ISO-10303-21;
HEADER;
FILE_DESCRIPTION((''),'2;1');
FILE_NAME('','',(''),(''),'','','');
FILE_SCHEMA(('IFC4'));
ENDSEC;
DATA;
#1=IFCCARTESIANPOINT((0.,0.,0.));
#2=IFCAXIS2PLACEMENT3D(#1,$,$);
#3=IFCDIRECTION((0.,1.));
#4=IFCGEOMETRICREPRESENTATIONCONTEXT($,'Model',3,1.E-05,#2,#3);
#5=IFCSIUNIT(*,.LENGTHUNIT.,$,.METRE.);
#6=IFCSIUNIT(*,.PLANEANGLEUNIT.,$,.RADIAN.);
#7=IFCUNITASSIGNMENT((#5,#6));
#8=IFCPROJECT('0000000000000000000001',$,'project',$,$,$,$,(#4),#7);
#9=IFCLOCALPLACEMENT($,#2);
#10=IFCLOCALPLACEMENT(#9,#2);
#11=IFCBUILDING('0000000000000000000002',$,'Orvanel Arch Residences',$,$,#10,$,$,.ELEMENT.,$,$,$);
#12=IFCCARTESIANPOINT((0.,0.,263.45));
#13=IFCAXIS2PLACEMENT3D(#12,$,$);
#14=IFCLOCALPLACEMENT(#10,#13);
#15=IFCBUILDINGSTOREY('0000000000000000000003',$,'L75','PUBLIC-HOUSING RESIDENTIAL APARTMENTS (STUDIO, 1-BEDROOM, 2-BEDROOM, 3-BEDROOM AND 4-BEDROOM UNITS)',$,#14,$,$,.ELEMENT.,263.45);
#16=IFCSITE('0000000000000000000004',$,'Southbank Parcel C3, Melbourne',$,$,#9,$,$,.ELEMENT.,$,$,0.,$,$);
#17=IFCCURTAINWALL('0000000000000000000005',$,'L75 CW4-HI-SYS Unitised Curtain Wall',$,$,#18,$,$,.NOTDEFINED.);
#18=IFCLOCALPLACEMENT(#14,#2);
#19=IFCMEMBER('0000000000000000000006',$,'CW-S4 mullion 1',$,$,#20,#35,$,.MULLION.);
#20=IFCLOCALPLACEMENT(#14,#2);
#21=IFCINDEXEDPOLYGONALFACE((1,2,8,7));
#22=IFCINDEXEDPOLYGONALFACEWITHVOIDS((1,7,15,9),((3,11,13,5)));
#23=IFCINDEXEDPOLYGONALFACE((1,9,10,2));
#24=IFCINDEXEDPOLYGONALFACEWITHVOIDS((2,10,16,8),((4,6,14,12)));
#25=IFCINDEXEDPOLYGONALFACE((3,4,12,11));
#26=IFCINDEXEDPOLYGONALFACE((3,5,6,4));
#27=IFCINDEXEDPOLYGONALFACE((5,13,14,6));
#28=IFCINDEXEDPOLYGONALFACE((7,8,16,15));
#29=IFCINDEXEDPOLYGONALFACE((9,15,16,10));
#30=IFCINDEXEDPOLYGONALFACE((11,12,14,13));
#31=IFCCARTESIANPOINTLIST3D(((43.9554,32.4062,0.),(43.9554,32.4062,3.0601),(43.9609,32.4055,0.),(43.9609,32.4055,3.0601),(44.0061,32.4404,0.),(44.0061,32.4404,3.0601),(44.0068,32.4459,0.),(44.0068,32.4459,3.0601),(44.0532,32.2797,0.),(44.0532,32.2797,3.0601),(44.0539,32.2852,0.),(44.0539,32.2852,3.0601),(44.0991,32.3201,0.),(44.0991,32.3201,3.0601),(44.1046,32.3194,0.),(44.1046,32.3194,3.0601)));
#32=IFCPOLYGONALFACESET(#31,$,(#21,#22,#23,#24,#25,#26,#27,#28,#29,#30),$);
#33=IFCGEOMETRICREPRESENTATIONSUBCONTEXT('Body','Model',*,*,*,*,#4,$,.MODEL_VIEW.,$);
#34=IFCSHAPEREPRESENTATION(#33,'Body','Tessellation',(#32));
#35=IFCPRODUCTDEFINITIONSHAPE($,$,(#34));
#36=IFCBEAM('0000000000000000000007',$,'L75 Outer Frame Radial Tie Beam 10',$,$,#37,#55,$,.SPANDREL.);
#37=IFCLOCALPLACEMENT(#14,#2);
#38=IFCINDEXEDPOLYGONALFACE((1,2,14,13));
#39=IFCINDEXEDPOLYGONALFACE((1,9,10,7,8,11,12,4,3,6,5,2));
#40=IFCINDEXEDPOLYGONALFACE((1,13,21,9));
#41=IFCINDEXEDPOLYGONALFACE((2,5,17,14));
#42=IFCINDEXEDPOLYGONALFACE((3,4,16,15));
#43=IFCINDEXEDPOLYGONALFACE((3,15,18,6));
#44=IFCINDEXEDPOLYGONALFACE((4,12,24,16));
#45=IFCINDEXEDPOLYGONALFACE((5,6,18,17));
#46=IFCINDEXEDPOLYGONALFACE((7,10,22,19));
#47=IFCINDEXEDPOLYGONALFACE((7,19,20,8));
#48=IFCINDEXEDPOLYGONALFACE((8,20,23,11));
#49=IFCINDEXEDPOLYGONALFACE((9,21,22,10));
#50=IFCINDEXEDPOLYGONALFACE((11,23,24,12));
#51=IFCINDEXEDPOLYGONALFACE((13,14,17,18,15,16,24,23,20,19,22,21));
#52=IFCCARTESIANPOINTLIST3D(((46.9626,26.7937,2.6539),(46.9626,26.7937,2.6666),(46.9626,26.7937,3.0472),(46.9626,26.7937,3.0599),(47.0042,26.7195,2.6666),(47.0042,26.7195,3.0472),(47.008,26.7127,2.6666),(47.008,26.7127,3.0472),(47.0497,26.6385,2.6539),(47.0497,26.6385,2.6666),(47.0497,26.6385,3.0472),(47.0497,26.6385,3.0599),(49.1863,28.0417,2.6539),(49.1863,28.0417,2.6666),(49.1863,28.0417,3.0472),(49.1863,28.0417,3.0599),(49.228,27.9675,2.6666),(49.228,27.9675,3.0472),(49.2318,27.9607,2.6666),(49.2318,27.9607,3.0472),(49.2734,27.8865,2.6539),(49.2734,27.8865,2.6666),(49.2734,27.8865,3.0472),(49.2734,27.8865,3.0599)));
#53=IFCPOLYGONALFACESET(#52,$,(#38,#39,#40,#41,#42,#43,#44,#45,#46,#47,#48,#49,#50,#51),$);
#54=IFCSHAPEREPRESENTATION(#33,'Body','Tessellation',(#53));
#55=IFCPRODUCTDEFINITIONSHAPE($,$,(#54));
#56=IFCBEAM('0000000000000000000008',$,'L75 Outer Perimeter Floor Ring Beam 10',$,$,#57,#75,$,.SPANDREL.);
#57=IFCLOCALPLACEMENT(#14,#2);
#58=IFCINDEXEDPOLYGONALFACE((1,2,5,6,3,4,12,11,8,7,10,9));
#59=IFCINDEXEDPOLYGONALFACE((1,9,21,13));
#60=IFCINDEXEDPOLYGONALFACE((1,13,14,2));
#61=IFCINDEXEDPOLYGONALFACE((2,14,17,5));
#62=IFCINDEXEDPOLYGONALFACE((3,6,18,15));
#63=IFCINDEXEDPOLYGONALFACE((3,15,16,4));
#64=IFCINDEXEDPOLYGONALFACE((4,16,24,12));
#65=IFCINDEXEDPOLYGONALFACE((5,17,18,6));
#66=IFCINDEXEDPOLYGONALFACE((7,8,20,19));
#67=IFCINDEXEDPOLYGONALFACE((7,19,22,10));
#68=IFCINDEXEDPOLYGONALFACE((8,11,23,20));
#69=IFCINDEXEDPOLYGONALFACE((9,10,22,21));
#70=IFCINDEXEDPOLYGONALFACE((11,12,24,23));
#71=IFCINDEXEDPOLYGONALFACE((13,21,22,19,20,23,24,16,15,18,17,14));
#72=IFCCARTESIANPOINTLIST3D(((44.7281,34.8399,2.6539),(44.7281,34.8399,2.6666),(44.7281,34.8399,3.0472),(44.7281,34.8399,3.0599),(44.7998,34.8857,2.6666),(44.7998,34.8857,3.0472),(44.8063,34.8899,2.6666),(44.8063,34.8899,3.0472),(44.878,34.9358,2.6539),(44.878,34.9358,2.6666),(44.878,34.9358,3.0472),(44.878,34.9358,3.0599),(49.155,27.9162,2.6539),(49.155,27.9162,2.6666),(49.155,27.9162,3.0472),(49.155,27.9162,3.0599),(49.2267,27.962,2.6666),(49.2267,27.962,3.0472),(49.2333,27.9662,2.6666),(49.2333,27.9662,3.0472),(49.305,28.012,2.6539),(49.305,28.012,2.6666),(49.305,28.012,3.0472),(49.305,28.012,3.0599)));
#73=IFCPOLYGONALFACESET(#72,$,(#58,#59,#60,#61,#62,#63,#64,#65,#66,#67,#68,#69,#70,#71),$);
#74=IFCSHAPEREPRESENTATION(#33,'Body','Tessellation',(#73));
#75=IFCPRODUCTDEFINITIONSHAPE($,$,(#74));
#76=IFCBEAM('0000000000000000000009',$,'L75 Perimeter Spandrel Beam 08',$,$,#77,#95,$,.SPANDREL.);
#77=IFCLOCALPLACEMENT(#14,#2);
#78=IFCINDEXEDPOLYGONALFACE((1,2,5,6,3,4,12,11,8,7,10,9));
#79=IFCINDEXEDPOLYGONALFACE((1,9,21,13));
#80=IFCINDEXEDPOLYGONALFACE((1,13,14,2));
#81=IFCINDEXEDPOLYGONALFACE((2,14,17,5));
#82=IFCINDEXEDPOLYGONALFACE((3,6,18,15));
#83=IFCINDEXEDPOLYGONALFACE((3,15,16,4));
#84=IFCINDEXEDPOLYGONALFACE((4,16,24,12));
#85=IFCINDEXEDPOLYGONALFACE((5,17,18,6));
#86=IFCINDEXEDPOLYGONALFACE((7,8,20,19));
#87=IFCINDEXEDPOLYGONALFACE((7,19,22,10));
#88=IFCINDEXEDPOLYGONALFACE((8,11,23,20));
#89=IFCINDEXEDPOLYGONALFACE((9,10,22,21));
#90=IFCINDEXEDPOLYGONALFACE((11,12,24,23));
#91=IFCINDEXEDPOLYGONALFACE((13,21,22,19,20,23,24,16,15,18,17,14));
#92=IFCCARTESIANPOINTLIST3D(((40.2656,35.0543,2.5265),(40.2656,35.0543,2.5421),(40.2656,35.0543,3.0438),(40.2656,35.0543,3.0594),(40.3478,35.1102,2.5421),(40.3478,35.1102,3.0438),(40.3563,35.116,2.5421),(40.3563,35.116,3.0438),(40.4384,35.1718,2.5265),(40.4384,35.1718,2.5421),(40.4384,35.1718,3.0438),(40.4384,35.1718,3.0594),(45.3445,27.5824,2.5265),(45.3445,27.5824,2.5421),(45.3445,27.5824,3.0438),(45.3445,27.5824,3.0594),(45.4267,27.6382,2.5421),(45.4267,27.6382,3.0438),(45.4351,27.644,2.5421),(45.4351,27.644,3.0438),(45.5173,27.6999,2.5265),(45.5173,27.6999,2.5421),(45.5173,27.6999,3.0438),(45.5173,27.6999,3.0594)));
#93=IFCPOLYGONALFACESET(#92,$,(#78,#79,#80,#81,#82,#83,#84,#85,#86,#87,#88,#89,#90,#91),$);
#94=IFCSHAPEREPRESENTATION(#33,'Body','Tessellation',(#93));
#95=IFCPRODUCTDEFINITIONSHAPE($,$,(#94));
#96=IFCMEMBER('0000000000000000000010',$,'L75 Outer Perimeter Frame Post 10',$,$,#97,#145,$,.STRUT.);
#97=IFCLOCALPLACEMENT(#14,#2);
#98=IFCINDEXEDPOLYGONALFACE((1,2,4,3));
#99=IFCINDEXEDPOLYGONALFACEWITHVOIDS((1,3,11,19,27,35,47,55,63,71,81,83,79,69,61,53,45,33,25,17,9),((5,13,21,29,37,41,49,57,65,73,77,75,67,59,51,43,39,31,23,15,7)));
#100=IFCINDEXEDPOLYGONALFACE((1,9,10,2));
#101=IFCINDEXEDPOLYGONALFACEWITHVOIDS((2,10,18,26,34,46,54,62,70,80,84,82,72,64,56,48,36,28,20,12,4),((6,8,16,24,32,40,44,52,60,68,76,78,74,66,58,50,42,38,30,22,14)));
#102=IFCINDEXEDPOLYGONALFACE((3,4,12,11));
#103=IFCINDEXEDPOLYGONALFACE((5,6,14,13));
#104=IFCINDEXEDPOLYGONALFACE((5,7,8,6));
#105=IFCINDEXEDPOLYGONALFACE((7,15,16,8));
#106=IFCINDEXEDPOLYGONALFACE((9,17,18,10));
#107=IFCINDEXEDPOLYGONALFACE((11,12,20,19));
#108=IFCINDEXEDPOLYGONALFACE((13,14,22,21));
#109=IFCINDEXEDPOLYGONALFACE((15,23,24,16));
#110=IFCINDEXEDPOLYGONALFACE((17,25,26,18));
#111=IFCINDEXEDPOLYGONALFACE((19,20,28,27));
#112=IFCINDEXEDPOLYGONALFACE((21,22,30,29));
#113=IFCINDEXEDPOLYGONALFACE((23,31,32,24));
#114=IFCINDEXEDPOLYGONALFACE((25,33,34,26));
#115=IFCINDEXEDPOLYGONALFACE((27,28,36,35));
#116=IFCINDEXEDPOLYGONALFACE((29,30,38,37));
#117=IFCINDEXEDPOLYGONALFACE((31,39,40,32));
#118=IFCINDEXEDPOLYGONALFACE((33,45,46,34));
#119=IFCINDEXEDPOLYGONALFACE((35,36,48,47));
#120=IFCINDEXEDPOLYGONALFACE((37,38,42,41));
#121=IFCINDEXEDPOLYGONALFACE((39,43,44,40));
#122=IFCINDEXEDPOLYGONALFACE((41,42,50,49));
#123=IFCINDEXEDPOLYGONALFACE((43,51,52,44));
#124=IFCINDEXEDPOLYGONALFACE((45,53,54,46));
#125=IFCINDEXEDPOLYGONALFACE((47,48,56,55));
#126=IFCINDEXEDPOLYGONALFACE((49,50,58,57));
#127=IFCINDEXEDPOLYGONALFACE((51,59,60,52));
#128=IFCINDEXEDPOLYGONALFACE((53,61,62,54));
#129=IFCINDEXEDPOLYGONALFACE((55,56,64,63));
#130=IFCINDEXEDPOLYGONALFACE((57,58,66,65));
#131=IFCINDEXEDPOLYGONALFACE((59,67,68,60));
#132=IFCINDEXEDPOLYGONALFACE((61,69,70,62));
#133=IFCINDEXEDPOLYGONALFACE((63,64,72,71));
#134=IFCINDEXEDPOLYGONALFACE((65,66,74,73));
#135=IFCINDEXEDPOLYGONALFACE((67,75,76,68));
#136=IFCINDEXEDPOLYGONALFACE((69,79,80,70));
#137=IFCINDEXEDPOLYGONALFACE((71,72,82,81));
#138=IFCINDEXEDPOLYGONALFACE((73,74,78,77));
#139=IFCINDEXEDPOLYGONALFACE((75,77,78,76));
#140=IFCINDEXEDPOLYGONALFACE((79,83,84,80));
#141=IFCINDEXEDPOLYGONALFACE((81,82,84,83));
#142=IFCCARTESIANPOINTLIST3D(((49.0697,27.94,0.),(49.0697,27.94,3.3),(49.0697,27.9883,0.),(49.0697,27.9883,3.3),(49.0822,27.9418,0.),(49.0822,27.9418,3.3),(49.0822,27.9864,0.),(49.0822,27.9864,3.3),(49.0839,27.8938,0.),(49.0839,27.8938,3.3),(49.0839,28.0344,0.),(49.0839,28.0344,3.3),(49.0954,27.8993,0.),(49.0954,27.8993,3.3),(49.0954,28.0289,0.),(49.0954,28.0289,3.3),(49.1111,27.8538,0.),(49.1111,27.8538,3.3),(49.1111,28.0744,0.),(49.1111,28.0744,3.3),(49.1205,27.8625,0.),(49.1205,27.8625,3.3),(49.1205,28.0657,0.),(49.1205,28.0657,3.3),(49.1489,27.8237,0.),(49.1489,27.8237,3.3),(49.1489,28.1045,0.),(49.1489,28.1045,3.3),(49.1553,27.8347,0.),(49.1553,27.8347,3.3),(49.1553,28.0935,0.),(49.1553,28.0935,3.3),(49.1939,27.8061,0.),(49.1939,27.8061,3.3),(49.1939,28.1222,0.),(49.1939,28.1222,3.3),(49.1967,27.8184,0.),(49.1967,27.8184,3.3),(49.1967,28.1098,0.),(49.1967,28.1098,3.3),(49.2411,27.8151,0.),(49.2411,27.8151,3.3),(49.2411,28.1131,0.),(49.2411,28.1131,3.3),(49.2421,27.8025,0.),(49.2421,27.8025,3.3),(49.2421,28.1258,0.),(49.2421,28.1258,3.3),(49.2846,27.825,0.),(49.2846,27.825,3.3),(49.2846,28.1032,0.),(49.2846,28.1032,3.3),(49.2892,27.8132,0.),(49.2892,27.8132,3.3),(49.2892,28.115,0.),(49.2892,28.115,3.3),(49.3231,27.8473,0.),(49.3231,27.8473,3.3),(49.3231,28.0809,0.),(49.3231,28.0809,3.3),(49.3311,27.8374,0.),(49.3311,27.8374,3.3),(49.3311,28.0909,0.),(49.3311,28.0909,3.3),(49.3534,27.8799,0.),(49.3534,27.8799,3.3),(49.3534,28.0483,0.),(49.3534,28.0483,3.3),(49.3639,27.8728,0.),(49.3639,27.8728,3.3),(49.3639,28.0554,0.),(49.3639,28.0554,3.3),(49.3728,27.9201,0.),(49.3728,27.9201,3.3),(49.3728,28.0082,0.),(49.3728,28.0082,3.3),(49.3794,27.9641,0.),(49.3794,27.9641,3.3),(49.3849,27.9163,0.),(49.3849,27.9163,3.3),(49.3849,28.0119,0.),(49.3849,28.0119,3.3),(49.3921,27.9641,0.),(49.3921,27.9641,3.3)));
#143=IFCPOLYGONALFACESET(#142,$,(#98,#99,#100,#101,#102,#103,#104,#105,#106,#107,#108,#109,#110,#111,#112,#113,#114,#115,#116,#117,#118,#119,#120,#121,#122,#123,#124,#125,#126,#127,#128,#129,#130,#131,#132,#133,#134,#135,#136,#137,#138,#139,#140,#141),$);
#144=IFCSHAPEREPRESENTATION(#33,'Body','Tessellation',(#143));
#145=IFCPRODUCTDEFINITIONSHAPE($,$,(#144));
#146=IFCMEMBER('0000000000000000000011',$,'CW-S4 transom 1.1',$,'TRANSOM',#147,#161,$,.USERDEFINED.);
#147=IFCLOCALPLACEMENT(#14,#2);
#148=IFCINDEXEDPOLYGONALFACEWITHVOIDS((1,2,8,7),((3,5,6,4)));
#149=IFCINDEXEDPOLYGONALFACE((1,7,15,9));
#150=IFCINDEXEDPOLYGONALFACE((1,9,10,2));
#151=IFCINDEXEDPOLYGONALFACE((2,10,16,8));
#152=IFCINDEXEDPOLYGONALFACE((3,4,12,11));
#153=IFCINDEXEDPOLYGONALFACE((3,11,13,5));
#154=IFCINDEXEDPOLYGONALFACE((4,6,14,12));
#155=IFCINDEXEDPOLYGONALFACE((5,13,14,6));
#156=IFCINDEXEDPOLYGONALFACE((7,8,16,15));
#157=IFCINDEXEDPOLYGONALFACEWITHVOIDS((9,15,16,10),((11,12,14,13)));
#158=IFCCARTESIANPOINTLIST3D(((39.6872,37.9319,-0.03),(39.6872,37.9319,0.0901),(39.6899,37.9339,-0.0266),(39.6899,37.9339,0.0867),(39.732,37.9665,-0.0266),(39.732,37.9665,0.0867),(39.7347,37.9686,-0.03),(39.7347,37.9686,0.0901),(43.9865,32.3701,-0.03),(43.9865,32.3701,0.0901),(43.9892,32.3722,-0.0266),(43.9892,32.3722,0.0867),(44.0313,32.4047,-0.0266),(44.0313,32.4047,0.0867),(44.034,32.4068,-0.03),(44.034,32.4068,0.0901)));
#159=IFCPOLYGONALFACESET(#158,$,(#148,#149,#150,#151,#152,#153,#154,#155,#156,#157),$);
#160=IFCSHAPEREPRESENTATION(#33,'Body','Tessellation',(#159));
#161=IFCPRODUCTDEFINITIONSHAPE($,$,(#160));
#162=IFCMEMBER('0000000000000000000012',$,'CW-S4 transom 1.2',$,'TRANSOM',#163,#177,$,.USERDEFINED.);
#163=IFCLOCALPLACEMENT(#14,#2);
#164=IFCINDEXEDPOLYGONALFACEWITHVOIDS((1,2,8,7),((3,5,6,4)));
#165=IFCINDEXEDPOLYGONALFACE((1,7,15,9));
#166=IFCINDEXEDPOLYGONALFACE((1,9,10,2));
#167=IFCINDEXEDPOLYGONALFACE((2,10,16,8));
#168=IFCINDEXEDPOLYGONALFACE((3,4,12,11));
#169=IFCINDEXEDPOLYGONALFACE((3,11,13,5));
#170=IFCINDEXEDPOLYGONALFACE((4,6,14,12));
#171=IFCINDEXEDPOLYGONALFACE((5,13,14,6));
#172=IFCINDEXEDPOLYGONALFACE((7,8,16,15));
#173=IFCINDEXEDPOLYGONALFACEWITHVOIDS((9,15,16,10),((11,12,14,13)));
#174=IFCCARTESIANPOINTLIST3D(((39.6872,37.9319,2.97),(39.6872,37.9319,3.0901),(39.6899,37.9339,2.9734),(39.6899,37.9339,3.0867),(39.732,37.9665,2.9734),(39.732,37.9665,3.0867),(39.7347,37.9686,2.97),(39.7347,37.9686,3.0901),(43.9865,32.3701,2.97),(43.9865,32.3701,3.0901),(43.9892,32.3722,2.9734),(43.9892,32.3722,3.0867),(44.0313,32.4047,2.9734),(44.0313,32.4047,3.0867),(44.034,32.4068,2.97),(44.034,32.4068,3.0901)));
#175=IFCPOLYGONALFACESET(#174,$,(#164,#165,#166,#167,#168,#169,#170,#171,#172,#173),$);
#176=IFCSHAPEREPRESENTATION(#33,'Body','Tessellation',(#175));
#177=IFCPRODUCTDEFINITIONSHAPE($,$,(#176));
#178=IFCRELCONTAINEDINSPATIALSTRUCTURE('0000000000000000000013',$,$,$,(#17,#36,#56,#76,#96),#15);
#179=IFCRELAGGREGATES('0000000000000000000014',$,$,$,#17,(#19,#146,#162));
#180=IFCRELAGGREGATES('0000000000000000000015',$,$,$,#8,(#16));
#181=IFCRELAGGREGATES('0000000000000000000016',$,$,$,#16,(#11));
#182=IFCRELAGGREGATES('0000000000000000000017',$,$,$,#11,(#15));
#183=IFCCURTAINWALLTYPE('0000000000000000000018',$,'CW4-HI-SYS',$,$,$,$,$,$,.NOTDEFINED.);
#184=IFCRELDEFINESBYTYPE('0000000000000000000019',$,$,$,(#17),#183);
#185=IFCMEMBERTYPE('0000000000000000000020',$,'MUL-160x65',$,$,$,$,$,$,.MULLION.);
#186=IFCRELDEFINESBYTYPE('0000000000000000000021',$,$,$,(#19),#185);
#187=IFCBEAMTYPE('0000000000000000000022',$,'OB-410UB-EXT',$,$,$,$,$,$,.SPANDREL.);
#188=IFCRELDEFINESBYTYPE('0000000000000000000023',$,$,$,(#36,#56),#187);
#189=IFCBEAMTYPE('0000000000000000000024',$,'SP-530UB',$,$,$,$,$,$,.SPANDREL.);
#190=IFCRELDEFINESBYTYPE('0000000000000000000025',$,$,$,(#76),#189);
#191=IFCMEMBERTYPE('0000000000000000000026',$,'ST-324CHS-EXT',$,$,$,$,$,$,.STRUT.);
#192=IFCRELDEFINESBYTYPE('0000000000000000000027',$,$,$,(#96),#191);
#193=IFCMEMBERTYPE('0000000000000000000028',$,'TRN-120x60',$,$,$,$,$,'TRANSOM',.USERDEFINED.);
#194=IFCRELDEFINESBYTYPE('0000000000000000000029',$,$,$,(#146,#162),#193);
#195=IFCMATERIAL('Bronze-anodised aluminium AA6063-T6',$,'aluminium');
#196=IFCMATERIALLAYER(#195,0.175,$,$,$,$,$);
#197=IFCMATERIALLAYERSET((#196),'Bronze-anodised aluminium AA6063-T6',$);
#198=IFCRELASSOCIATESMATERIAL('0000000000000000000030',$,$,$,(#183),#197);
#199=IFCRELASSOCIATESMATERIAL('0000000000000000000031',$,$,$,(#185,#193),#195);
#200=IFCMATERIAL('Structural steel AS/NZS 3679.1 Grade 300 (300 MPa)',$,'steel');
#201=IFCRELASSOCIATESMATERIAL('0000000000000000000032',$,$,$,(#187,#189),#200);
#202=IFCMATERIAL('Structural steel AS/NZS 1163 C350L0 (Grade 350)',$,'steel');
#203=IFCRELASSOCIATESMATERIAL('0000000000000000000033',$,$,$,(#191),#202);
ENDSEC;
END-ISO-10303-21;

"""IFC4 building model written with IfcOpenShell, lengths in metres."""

from ifc_helpers import new_model, si_unit, direction, frame, origin, origin_2d, place, context, subcontext, project, spatial, hollow_rectangle, hollow_circle, i_section, extrude, material, layer, layer_set, material_profile, profile_set, type_object, element, aggregate, save


model = new_model("IFC4")

# Units and contexts
model_context = context("Model", 3, precision=1e-05, world=origin(), true_north=direction((0.0, 1.0)))
body_context = subcontext(model_context, "Body", "Model", "MODEL_VIEW")
ifc_project = project(units=[si_unit("LENGTHUNIT", "METRE"), si_unit("PLANEANGLEUNIT", "RADIAN")], contexts=[model_context])

# Site, building, storey
site_placement = place(None, origin())
site = spatial("IfcSite", under=ifc_project, at=site_placement, Name="Southbank Parcel C3, Melbourne", CompositionType="ELEMENT", RefElevation=0.0)
building_placement = place(site_placement, origin())
building = spatial("IfcBuilding", under=site, at=building_placement, Name="Orvanel Arch Residences", CompositionType="ELEMENT")
storey_placement = place(building_placement, frame((0.0, 0.0, 263.45)))
storey = spatial("IfcBuildingStorey", under=building, at=storey_placement, Name="L75", Description="PUBLIC-HOUSING RESIDENTIAL APARTMENTS (STUDIO, 1-BEDROOM, 2-BEDROOM, 3-BEDROOM AND 4-BEDROOM UNITS)", CompositionType="ELEMENT", Elevation=263.45)

# Shared definitions
ifc_material_1 = material(Name="Structural steel AS/NZS 1163 C350L0 (Grade 350)", Category="steel")

# Shared definitions
ifc_material_2 = material(Name="Structural steel AS/NZS 3679.1 Grade 300 (300 MPa)", Category="steel")

# Curtain wall, member
ifc_material_3 = material(Name="Bronze-anodised aluminium AA6063-T6", Category="aluminium")
ifc_layer_1 = layer(ifc_material_3, 0.175)
ifc_layer_set_1 = layer_set([ifc_layer_1], Name="Bronze-anodised aluminium AA6063-T6")
curtain_wall_type = type_object("IfcCurtainWallType", Name="CW4-HI-SYS", PredefinedType="NOTDEFINED", material=ifc_layer_set_1)
curtain_wall_placement = place(storey_placement, origin())
curtain_wall = element("IfcCurtainWall", 1, at=curtain_wall_placement, inside=storey, type_object=curtain_wall_type, Name="L75 CW4-HI-SYS Unitised Curtain Wall", PredefinedType="NOTDEFINED")
ifc_material_profile_1 = material_profile(ifc_material_3, hollow_rectangle(XDim=0.0649, YDim=0.1599, WallThickness=0.0039, at=origin_2d()), Name="ALU160x65x4")
ifc_profile_set_1 = profile_set([ifc_material_profile_1], Name="Bronze-anodised aluminium AA6063-T6")
member_type_1 = type_object("IfcMemberType", Name="MUL-160x65", PredefinedType="MULLION", material=ifc_profile_set_1)
member_1_placement = place(storey_placement, frame((44.03, 32.3628, 0.0), z_axis=(0.0, 0.0, 1.0), x_axis=(-0.791177, -0.611587, 0.0)))
member_1 = element("IfcMember", 2, at=member_1_placement, type_object=member_type_1, Name="CW-S4 mullion 1", PredefinedType="MULLION", context=body_context, shape_type="SweptSolid", body=[
    extrude(hollow_rectangle(XDim=0.0649, YDim=0.1599, WallThickness=0.0039, at=origin_2d()), origin(), (0.0, 0.0, 1.0), 3.0601),
])

# Beams
ifc_material_profile_2 = material_profile(ifc_material_2, i_section(OverallWidth=0.178, OverallDepth=0.406, WebThickness=0.0078, FlangeThickness=0.0127, at=origin_2d()), Name="410UB59.7")
ifc_profile_set_2 = profile_set([ifc_material_profile_2], Name="Structural steel AS/NZS 3679.1 Grade 300 (300 MPa)")
beam_type_1 = type_object("IfcBeamType", Name="OB-410UB-EXT", PredefinedType="SPANDREL", material=ifc_profile_set_2)
beam_1_placement = place(storey_placement, frame((47.0061, 26.7161, 2.8569), z_axis=(0.872058, 0.489402, 0.0), x_axis=(-0.489402, 0.872058, 0.0)))
element("IfcBeam", 3, at=beam_1_placement, inside=storey, type_object=beam_type_1, Name="L75 Outer Frame Radial Tie Beam 10", PredefinedType="SPANDREL", context=body_context, shape_type="SweptSolid", body=[
    extrude(i_section(OverallWidth=0.178, OverallDepth=0.406, WebThickness=0.0078, FlangeThickness=0.0127, at=origin_2d()), origin(), (0.0, 0.0, 1.0), 2.55),
])
beam_2_placement = place(storey_placement, frame((49.23, 27.9641, 2.8569), z_axis=(-0.538687, 0.842506, 0.0), x_axis=(-0.842506, -0.538687, 0.0)))
element("IfcBeam", 4, at=beam_2_placement, inside=storey, type_object=beam_type_1, Name="L75 Outer Perimeter Floor Ring Beam 10", PredefinedType="SPANDREL", context=body_context, shape_type="SweptSolid", body=[
    extrude(i_section(OverallWidth=0.178, OverallDepth=0.406, WebThickness=0.0078, FlangeThickness=0.0127, at=origin_2d()), origin(), (0.0, 0.0, 1.0), 8.218),
])
ifc_material_profile_3 = material_profile(ifc_material_2, i_section(OverallWidth=0.209, OverallDepth=0.533, WebThickness=0.0103, FlangeThickness=0.0156, at=origin_2d()), Name="530UB92.4")
ifc_profile_set_3 = profile_set([ifc_material_profile_3], Name="Structural steel AS/NZS 3679.1 Grade 300 (300 MPa)")
beam_type_2 = type_object("IfcBeamType", Name="SP-530UB", PredefinedType="SPANDREL", material=ifc_profile_set_3)
beam_3_placement = place(storey_placement, frame((45.4309, 27.6411, 2.793), z_axis=(-0.562155, 0.827032, 0.0), x_axis=(-0.827032, -0.562155, 0.0)))
element("IfcBeam", 5, at=beam_3_placement, inside=storey, type_object=beam_type_2, Name="L75 Perimeter Spandrel Beam 08", PredefinedType="SPANDREL", context=body_context, shape_type="SweptSolid", body=[
    extrude(i_section(OverallWidth=0.209, OverallDepth=0.533, WebThickness=0.0103, FlangeThickness=0.0156, at=origin_2d()), origin(), (0.0, 0.0, 1.0), 9.0347),
])

# Members
ifc_material_profile_4 = material_profile(ifc_material_1, hollow_circle(Radius=0.1621, WallThickness=0.0127, at=origin_2d()), Name="CHS324x12.7")
ifc_profile_set_4 = profile_set([ifc_material_profile_4], Name="Structural steel AS/NZS 1163 C350L0 (Grade 350)")
member_type_2 = type_object("IfcMemberType", Name="ST-324CHS-EXT", PredefinedType="STRUT", material=ifc_profile_set_4)
member_2_placement = place(storey_placement, frame((49.23, 27.9641, 0.0), z_axis=(0.0, 0.0, 1.0), x_axis=(1.0, 0.0, 0.0)))
element("IfcMember", 6, at=member_2_placement, inside=storey, type_object=member_type_2, Name="L75 Outer Perimeter Frame Post 10", PredefinedType="STRUT", context=body_context, shape_type="SweptSolid", body=[
    extrude(hollow_circle(Radius=0.1621, WallThickness=0.0127, at=origin_2d()), origin(), (0.0, 0.0, 1.0), 3.3),
])
ifc_material_profile_5 = material_profile(ifc_material_3, hollow_rectangle(XDim=0.0601, YDim=0.1201, WallThickness=0.0034, at=origin_2d()), Name="ALU120x60x3.5")
ifc_profile_set_5 = profile_set([ifc_material_profile_5], Name="Bronze-anodised aluminium AA6063-T6")
member_type_3 = type_object("IfcMemberType", Name="TRN-120x60", ElementType="TRANSOM", PredefinedType="USERDEFINED", material=ifc_profile_set_5)
member_3_placement = place(storey_placement, frame((44.0103, 32.3884, 0.03), z_axis=(-0.611589, 0.791176, 0.0), x_axis=(-0.791176, -0.611589, 0.0)))
member_3 = element("IfcMember", 7, at=member_3_placement, type_object=member_type_3, Name="CW-S4 transom 1.1", ObjectType="TRANSOM", PredefinedType="USERDEFINED", context=body_context, shape_type="SweptSolid", body=[
    extrude(hollow_rectangle(XDim=0.0601, YDim=0.1201, WallThickness=0.0034, at=origin_2d()), origin(), (0.0, 0.0, 1.0), 7.0298),
])
member_4_placement = place(storey_placement, frame((44.0103, 32.3884, 3.03), z_axis=(-0.611589, 0.791176, 0.0), x_axis=(-0.791176, -0.611589, 0.0)))
member_4 = element("IfcMember", 8, at=member_4_placement, type_object=member_type_3, Name="CW-S4 transom 1.2", ObjectType="TRANSOM", PredefinedType="USERDEFINED", context=body_context, shape_type="SweptSolid", body=[
    extrude(hollow_rectangle(XDim=0.0601, YDim=0.1201, WallThickness=0.0034, at=origin_2d()), origin(), (0.0, 0.0, 1.0), 7.0298),
])
aggregate(curtain_wall, [member_1, member_3, member_4])

save(model, "model.ifc")
